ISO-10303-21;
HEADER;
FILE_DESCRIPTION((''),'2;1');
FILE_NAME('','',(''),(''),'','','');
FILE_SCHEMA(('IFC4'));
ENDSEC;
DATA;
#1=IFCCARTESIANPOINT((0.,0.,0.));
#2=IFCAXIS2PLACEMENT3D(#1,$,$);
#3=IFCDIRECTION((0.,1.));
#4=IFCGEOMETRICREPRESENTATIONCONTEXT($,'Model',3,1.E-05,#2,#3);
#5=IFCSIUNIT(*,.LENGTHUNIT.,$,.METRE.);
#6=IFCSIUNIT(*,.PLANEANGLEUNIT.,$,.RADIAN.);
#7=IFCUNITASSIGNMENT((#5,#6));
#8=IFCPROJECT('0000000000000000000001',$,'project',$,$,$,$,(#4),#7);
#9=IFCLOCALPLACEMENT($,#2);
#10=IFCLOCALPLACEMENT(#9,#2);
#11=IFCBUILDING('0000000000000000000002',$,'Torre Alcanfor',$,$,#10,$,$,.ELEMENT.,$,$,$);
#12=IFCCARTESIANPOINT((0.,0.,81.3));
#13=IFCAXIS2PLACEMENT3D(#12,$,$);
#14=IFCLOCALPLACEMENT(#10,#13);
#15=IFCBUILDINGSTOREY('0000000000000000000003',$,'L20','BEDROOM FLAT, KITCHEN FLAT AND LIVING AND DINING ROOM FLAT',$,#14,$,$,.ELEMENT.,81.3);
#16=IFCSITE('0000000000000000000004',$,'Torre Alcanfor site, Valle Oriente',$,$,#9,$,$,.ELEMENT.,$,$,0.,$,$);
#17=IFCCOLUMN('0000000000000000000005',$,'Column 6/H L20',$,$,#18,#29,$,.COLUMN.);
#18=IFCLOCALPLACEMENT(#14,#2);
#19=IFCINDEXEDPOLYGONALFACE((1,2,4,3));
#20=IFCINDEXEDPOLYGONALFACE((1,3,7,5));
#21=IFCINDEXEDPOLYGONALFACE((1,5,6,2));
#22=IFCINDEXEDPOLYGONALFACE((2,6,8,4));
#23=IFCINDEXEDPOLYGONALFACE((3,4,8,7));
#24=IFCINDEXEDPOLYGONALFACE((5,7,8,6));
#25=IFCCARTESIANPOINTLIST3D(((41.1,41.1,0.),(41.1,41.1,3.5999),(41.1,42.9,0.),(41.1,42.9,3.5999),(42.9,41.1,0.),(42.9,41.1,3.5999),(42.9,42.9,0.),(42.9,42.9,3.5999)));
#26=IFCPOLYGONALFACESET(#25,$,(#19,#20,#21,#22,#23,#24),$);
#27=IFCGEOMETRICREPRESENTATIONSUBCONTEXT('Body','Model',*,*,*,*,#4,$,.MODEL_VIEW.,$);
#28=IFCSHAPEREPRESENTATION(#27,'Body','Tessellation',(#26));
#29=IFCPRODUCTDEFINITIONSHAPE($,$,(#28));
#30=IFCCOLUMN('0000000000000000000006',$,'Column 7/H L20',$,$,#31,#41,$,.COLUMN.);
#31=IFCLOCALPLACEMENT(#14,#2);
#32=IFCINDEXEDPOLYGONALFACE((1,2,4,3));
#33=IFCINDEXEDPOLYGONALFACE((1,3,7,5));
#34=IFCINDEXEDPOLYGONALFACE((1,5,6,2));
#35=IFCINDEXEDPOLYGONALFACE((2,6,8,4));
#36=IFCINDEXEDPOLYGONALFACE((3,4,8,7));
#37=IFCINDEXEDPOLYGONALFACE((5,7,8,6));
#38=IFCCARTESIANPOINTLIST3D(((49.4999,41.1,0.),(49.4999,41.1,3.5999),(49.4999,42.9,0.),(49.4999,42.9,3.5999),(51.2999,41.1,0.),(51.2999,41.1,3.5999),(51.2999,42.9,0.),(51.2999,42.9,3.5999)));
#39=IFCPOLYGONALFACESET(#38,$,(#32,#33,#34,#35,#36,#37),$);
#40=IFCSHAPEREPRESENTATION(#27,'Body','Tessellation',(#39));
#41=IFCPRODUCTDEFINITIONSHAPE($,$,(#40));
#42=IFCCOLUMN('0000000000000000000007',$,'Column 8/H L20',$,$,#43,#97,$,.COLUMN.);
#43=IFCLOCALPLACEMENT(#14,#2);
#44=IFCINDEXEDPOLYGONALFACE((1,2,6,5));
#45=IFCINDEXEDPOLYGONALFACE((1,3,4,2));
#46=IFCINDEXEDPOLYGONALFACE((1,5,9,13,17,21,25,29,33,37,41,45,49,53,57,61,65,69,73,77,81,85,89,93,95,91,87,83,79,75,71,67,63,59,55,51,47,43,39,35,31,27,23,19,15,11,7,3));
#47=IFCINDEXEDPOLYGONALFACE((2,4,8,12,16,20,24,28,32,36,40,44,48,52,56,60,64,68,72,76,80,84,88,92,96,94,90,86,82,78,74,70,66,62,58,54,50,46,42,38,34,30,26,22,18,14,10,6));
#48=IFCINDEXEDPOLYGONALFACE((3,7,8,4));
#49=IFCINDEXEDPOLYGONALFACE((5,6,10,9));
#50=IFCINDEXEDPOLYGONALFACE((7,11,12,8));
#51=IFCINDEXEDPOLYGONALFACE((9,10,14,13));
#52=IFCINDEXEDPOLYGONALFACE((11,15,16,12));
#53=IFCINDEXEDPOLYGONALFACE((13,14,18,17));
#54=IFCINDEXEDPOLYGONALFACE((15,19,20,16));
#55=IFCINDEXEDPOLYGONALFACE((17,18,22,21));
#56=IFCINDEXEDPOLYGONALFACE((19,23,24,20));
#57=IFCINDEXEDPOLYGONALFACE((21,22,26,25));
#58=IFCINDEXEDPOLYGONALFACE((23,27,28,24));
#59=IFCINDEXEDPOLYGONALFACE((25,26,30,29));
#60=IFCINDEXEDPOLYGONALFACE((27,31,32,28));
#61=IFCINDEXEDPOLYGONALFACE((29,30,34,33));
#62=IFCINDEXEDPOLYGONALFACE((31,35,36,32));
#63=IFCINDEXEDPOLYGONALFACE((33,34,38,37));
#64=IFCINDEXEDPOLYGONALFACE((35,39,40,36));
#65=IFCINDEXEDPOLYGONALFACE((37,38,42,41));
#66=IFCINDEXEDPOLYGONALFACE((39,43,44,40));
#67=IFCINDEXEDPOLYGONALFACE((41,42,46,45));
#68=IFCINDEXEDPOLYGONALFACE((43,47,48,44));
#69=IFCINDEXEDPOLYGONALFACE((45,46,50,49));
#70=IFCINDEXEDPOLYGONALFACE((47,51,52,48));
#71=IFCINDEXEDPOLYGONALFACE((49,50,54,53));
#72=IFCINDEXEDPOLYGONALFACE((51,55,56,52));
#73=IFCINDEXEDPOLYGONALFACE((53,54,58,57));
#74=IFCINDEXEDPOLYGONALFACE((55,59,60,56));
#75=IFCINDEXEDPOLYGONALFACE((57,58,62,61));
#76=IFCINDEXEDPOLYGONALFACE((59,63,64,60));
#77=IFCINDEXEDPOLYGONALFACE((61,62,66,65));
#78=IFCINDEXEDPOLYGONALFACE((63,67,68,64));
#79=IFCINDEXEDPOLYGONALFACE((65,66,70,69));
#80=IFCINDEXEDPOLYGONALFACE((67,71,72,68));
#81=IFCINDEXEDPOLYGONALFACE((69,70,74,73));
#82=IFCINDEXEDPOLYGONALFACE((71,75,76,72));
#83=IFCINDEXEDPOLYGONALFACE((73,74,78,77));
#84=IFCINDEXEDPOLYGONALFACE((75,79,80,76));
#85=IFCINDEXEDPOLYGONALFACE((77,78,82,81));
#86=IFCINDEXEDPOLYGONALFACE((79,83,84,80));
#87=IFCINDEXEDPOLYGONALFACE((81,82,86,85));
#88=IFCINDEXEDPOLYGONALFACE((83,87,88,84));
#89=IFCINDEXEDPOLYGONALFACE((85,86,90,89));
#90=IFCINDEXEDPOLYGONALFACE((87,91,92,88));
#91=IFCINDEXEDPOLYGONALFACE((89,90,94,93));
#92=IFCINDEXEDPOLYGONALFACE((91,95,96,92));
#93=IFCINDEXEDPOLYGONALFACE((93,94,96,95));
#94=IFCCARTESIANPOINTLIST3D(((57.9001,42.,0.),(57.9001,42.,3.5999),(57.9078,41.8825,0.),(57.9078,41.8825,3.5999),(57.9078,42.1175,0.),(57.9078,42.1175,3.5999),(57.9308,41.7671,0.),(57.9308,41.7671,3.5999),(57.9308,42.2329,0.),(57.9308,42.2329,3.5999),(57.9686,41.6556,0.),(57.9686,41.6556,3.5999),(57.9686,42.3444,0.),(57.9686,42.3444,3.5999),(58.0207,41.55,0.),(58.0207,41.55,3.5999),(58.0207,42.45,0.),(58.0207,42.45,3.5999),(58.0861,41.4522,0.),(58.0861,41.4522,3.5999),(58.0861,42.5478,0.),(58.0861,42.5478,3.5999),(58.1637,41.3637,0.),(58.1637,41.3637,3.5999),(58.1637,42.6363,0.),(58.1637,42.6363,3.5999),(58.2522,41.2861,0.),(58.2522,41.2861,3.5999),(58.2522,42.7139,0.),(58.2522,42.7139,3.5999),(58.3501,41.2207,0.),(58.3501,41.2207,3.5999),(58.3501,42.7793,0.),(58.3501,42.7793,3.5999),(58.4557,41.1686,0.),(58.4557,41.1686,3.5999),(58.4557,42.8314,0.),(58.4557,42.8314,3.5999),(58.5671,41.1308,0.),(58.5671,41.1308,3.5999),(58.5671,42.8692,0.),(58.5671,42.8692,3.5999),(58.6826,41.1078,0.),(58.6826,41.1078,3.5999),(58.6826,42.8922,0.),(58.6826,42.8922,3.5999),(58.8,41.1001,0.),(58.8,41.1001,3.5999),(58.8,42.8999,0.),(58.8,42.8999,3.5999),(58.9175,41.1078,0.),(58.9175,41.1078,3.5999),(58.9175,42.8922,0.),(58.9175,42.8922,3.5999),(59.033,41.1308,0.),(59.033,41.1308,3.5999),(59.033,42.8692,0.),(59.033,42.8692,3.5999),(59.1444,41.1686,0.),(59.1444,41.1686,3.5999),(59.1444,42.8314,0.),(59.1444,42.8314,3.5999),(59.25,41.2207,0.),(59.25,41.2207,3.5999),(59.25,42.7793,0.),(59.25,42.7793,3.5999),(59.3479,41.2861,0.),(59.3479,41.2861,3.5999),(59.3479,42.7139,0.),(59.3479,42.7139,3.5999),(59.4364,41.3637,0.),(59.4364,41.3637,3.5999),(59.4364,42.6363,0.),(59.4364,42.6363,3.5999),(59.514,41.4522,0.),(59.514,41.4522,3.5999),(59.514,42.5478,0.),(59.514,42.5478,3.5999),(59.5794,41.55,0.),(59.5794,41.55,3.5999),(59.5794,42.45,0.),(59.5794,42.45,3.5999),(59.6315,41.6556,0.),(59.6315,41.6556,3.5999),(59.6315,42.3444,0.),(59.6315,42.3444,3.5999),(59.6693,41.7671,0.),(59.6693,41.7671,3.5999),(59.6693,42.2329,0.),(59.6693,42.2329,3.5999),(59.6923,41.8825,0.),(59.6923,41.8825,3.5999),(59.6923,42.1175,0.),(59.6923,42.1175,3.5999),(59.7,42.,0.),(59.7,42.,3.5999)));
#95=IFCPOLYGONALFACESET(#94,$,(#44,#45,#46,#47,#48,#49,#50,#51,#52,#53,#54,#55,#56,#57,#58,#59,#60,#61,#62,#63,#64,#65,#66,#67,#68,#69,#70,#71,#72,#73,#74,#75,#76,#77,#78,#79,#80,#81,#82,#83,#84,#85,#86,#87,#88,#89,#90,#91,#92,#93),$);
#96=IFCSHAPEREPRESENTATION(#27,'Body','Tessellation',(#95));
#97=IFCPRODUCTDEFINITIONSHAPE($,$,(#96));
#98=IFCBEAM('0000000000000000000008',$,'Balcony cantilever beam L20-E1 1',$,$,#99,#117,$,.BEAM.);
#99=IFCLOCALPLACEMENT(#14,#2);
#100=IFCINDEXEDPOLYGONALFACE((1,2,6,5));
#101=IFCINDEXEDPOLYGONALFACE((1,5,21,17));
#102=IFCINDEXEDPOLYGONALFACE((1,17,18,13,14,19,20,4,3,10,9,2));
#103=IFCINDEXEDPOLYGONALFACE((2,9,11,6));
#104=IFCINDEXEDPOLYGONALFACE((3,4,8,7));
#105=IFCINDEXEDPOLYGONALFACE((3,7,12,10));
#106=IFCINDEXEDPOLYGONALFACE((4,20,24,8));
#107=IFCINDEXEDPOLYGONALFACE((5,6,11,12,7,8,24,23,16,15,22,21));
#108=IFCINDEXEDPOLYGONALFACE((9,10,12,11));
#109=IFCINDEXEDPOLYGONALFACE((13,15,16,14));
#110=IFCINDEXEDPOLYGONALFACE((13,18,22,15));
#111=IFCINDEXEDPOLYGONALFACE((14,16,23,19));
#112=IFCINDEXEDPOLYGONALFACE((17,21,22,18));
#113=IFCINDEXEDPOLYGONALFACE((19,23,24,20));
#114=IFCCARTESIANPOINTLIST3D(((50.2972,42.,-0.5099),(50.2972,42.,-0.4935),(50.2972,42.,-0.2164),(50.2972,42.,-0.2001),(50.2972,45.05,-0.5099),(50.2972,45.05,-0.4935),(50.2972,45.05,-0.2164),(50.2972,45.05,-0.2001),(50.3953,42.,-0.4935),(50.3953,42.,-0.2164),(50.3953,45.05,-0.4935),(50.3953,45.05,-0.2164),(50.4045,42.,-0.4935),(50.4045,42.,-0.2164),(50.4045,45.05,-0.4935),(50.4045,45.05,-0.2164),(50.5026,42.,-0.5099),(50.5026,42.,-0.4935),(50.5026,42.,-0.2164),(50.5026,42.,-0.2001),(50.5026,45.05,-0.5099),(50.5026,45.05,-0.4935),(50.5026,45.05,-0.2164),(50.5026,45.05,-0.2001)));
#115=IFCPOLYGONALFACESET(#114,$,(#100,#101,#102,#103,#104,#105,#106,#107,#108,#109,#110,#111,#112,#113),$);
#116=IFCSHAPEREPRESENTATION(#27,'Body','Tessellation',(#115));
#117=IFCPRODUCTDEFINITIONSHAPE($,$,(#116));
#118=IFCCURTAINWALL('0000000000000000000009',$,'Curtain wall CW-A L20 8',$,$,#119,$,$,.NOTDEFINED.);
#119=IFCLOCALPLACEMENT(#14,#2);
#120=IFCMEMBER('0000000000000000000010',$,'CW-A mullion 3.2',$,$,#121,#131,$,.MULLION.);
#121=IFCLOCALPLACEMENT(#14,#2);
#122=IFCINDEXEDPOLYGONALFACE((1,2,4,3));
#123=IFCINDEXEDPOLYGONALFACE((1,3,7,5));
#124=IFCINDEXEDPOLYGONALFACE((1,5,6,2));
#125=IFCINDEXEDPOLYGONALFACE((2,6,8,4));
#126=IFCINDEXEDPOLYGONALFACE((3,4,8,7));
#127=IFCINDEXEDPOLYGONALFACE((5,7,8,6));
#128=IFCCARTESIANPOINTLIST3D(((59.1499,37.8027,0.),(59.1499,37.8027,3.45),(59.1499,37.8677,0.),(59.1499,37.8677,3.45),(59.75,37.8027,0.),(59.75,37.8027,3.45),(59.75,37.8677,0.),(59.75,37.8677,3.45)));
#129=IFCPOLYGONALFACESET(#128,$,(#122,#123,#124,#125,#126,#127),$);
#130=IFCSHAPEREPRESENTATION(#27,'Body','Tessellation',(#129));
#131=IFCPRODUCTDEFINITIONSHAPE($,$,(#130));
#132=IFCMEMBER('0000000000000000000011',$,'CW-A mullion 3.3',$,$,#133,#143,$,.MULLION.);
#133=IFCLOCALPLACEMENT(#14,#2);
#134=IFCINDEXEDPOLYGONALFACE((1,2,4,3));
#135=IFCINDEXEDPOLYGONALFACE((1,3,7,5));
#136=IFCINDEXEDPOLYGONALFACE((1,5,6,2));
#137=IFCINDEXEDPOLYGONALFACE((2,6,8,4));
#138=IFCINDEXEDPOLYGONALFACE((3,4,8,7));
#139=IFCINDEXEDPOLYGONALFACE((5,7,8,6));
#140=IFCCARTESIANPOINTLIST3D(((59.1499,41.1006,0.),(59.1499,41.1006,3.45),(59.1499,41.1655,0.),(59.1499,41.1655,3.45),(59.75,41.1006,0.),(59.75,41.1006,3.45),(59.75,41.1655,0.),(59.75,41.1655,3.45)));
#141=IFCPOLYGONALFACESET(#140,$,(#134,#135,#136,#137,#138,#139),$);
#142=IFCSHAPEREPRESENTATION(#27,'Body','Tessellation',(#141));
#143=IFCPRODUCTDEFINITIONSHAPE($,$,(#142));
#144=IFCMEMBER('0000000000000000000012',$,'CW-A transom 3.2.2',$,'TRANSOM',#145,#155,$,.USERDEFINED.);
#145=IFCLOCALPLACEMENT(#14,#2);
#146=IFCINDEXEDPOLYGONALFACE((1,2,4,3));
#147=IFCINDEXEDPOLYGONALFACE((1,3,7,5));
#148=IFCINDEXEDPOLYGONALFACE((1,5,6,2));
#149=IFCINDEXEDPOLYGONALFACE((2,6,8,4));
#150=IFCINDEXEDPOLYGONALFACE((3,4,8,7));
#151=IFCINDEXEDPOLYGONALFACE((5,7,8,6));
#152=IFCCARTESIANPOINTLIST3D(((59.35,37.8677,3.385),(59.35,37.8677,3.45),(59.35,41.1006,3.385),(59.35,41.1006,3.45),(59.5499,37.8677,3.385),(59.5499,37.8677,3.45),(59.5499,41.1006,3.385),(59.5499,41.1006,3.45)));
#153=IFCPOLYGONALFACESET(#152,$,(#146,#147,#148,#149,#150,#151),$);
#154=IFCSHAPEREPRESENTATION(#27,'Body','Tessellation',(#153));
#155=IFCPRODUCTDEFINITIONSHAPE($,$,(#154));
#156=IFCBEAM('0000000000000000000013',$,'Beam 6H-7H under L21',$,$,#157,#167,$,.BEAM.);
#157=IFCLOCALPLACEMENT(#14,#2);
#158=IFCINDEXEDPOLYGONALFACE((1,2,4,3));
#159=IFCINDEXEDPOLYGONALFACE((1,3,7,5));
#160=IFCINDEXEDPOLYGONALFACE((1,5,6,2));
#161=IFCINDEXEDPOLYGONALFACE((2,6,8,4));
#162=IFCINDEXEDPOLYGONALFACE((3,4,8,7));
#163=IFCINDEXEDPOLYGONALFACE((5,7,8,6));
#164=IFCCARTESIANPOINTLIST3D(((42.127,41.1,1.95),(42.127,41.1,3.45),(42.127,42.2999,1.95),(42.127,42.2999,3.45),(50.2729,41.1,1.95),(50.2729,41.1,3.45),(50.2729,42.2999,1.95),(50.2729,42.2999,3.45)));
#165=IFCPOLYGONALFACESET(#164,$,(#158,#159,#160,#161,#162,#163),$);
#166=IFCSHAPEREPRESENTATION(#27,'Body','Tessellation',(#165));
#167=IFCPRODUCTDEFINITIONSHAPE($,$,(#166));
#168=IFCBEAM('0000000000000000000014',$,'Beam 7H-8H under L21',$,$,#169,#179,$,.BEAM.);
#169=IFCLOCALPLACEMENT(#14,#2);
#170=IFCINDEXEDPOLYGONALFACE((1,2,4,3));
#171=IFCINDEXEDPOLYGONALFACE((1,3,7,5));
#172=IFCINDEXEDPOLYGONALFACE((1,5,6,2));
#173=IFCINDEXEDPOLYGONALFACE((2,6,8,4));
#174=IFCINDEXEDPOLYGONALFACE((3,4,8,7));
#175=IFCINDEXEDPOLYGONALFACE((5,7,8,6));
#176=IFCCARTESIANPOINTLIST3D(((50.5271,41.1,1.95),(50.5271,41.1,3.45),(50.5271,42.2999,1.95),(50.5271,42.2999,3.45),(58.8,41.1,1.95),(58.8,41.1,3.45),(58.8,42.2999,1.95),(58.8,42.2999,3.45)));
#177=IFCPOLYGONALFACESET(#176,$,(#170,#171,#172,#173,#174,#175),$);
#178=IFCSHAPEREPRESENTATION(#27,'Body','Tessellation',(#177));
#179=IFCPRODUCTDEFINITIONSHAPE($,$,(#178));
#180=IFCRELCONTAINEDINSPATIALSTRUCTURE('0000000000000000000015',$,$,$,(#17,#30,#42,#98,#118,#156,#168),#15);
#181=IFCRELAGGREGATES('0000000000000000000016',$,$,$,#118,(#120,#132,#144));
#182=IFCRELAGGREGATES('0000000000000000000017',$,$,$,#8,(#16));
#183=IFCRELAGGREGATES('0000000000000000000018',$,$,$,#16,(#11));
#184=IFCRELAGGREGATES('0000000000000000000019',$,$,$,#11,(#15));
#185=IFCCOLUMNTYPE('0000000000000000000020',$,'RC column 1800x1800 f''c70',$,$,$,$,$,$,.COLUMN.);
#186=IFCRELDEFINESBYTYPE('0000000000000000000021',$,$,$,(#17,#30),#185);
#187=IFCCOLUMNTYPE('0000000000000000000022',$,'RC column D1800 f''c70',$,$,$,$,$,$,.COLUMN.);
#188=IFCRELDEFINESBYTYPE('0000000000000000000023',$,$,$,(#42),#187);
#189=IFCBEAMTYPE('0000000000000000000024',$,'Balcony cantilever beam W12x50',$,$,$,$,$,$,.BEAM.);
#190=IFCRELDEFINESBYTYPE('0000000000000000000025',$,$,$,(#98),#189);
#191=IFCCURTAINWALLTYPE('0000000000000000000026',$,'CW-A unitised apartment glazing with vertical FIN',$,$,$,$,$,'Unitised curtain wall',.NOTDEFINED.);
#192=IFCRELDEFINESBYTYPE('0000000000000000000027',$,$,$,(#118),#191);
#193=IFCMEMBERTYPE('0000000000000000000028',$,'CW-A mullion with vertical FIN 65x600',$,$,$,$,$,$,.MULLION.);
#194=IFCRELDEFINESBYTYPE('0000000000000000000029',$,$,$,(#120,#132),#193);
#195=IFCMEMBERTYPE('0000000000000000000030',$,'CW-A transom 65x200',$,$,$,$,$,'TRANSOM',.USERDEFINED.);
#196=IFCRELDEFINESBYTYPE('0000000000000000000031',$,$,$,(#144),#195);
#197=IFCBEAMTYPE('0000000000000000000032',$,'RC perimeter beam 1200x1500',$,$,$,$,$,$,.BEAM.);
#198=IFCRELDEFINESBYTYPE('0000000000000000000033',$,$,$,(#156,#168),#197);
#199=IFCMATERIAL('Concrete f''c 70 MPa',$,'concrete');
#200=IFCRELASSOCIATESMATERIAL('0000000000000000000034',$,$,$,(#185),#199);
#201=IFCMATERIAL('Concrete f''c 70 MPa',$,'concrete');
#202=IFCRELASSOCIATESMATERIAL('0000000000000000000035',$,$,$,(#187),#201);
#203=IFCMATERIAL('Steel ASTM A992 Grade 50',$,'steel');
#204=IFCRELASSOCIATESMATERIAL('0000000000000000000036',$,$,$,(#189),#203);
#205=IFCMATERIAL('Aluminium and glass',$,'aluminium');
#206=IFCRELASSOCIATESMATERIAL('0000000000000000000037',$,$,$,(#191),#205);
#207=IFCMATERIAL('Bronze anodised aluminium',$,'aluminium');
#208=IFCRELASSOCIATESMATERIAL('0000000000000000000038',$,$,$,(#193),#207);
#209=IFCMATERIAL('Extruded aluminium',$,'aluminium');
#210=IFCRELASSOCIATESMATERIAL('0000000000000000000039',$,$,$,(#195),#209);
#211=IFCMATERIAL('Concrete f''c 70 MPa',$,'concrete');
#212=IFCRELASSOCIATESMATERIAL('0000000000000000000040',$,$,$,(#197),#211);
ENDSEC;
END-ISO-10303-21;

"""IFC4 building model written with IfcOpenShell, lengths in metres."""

from ifc_helpers import new_model, si_unit, direction, frame, origin, origin_2d, place, context, subcontext, project, spatial, rectangle, circle, i_section, extrude, material, material_profile, profile_set, type_object, element, aggregate, save


model = new_model("IFC4")

# Units and contexts
model_context = context("Model", 3, precision=1e-05, world=origin(), true_north=direction((0.0, 1.0)))
body_context = subcontext(model_context, "Body", "Model", "MODEL_VIEW")
ifc_project = project(units=[si_unit("LENGTHUNIT", "METRE"), si_unit("PLANEANGLEUNIT", "RADIAN")], contexts=[model_context])

# Site, building, storey
site_placement = place(None, origin())
site = spatial("IfcSite", under=ifc_project, at=site_placement, Name="Torre Alcanfor site, Valle Oriente", CompositionType="ELEMENT", RefElevation=0.0)
building_placement = place(site_placement, origin())
building = spatial("IfcBuilding", under=site, at=building_placement, Name="Torre Alcanfor", CompositionType="ELEMENT")
storey_placement = place(building_placement, frame((0.0, 0.0, 81.3)))
storey = spatial("IfcBuildingStorey", under=building, at=storey_placement, Name="L20", Description="BEDROOM FLAT, KITCHEN FLAT AND LIVING AND DINING ROOM FLAT", CompositionType="ELEMENT", Elevation=81.3)

# Columns
ifc_material_1 = material(Name="Concrete f'c 70 MPa", Category="concrete")
ifc_material_profile_1 = material_profile(ifc_material_1, rectangle(XDim=1.8, YDim=1.8, at=origin_2d()), Name="1800x1800")
ifc_profile_set_1 = profile_set([ifc_material_profile_1], Name="Concrete f'c 70 MPa")
column_type_1 = type_object("IfcColumnType", Name="RC column 1800x1800 f'c70", PredefinedType="COLUMN", material=ifc_profile_set_1)
for number, where, z_axis, x_axis, name in (
    (1, (42.0, 42.0, 0.0), (0.0, 0.0, 1.0), (1.0, 0.0, 0.0), "Column 6/H L20"),
    (2, (50.3999, 42.0, 0.0), (0.0, 0.0, 1.0), (1.0, 0.0, 0.0), "Column 7/H L20"),
):
    element("IfcColumn", number, at=place(storey_placement, frame(where, z_axis=z_axis, x_axis=x_axis)), inside=storey, type_object=column_type_1, Name=name, PredefinedType="COLUMN", context=body_context, shape_type="SweptSolid", body=[
        extrude(rectangle(XDim=1.8, YDim=1.8, at=origin_2d()), origin(), (0.0, 0.0, 1.0), 3.5999),
    ])
ifc_material_2 = material(Name="Concrete f'c 70 MPa", Category="concrete")
ifc_material_profile_2 = material_profile(ifc_material_2, circle(Radius=0.8999, at=origin_2d()), Name="D1800")
ifc_profile_set_2 = profile_set([ifc_material_profile_2], Name="Concrete f'c 70 MPa")
column_type_2 = type_object("IfcColumnType", Name="RC column D1800 f'c70", PredefinedType="COLUMN", material=ifc_profile_set_2)
column_placement = place(storey_placement, frame((58.8, 42.0, 0.0), z_axis=(0.0, 0.0, 1.0), x_axis=(1.0, 0.0, 0.0)))
element("IfcColumn", 3, at=column_placement, inside=storey, type_object=column_type_2, Name="Column 8/H L20", PredefinedType="COLUMN", context=body_context, shape_type="SweptSolid", body=[
    extrude(circle(Radius=0.8999, at=origin_2d()), origin(), (0.0, 0.0, 1.0), 3.5999),
])

# Beam
ifc_material_3 = material(Name="Steel ASTM A992 Grade 50", Category="steel")
ifc_material_profile_3 = material_profile(ifc_material_3, i_section(OverallWidth=0.2053, OverallDepth=0.3098, WebThickness=0.0093, FlangeThickness=0.0164, at=origin_2d()), Name="W12x50")
ifc_profile_set_3 = profile_set([ifc_material_profile_3], Name="Steel ASTM A992 Grade 50")
beam_type_1 = type_object("IfcBeamType", Name="Balcony cantilever beam W12x50", PredefinedType="BEAM", material=ifc_profile_set_3)
beam_1_placement = place(storey_placement, frame((50.3999, 42.0, -0.355), z_axis=(0.0, 1.0, 0.0), x_axis=(-1.0, 0.0, 0.0)))
element("IfcBeam", 4, at=beam_1_placement, inside=storey, type_object=beam_type_1, Name="Balcony cantilever beam L20-E1 1", PredefinedType="BEAM", context=body_context, shape_type="SweptSolid", body=[
    extrude(i_section(OverallWidth=0.2053, OverallDepth=0.3098, WebThickness=0.0093, FlangeThickness=0.0164, at=origin_2d()), origin(), (0.0, 0.0, 1.0), 3.05),
])

# Curtain wall, members
ifc_material_4 = material(Name="Aluminium and glass", Category="aluminium")
curtain_wall_type = type_object("IfcCurtainWallType", Name="CW-A unitised apartment glazing with vertical FIN", ElementType="Unitised curtain wall", PredefinedType="NOTDEFINED", material=ifc_material_4)
curtain_wall_placement = place(storey_placement, origin())
curtain_wall = element("IfcCurtainWall", 5, at=curtain_wall_placement, inside=storey, type_object=curtain_wall_type, Name="Curtain wall CW-A L20 8", PredefinedType="NOTDEFINED")
ifc_material_5 = material(Name="Bronze anodised aluminium", Category="aluminium")
ifc_material_profile_4 = material_profile(ifc_material_5, rectangle(XDim=0.6001, YDim=0.0649, at=origin_2d()), Name="CW-A mullion 65x600")
ifc_profile_set_4 = profile_set([ifc_material_profile_4], Name="Bronze anodised aluminium")
member_type_1 = type_object("IfcMemberType", Name="CW-A mullion with vertical FIN 65x600", PredefinedType="MULLION", material=ifc_profile_set_4)
member_1_placement = place(storey_placement, frame((59.45, 37.8352, 0.0), z_axis=(0.0, 0.0, 1.0), x_axis=(-1.0, 0.0, 0.0)))
member_1 = element("IfcMember", 6, at=member_1_placement, type_object=member_type_1, Name="CW-A mullion 3.2", PredefinedType="MULLION", context=body_context, shape_type="SweptSolid", body=[
    extrude(rectangle(XDim=0.6001, YDim=0.0649, at=origin_2d()), origin(), (0.0, 0.0, 1.0), 3.45),
])
member_2_placement = place(storey_placement, frame((59.45, 41.1331, 0.0), z_axis=(0.0, 0.0, 1.0), x_axis=(-1.0, 0.0, 0.0)))
member_2 = element("IfcMember", 7, at=member_2_placement, type_object=member_type_1, Name="CW-A mullion 3.3", PredefinedType="MULLION", context=body_context, shape_type="SweptSolid", body=[
    extrude(rectangle(XDim=0.6001, YDim=0.0649, at=origin_2d()), origin(), (0.0, 0.0, 1.0), 3.45),
])
ifc_material_6 = material(Name="Extruded aluminium", Category="aluminium")
ifc_material_profile_5 = material_profile(ifc_material_6, rectangle(XDim=0.2, YDim=0.0649, at=origin_2d()), Name="CW-A transom 200x65")
ifc_profile_set_5 = profile_set([ifc_material_profile_5], Name="Extruded aluminium")
member_type_2 = type_object("IfcMemberType", Name="CW-A transom 65x200", ElementType="TRANSOM", PredefinedType="USERDEFINED", material=ifc_profile_set_5)
member_3_placement = place(storey_placement, frame((59.45, 37.8677, 3.4175), z_axis=(0.0, 1.0, 0.0), x_axis=(-1.0, 0.0, 0.0)))
member_3 = element("IfcMember", 8, at=member_3_placement, type_object=member_type_2, Name="CW-A transom 3.2.2", ObjectType="TRANSOM", PredefinedType="USERDEFINED", context=body_context, shape_type="SweptSolid", body=[
    extrude(rectangle(XDim=0.2, YDim=0.0649, at=origin_2d()), origin(), (0.0, 0.0, 1.0), 3.2329),
])

# Beams
ifc_material_7 = material(Name="Concrete f'c 70 MPa", Category="concrete")
ifc_material_profile_6 = material_profile(ifc_material_7, rectangle(XDim=1.2, YDim=1.5, at=origin_2d()), Name="1200x1500")
ifc_profile_set_6 = profile_set([ifc_material_profile_6], Name="Concrete f'c 70 MPa")
beam_type_2 = type_object("IfcBeamType", Name="RC perimeter beam 1200x1500", PredefinedType="BEAM", material=ifc_profile_set_6)
beam_2_placement = place(storey_placement, frame((42.127, 41.7, 2.7), z_axis=(1.0, 0.0, 0.0), x_axis=(0.0, 1.0, 0.0)))
element("IfcBeam", 9, at=beam_2_placement, inside=storey, type_object=beam_type_2, Name="Beam 6H-7H under L21", PredefinedType="BEAM", context=body_context, shape_type="SweptSolid", body=[
    extrude(rectangle(XDim=1.2, YDim=1.5, at=origin_2d()), origin(), (0.0, 0.0, 1.0), 8.146),
])
beam_3_placement = place(storey_placement, frame((50.5271, 41.7, 2.7), z_axis=(1.0, 0.0, 0.0), x_axis=(0.0, 1.0, 0.0)))
element("IfcBeam", 10, at=beam_3_placement, inside=storey, type_object=beam_type_2, Name="Beam 7H-8H under L21", PredefinedType="BEAM", context=body_context, shape_type="SweptSolid", body=[
    extrude(rectangle(XDim=1.2, YDim=1.5, at=origin_2d()), origin(), (0.0, 0.0, 1.0), 8.2729),
])

aggregate(curtain_wall, [member_1, member_2, member_3])

save(model, "model.ifc")
